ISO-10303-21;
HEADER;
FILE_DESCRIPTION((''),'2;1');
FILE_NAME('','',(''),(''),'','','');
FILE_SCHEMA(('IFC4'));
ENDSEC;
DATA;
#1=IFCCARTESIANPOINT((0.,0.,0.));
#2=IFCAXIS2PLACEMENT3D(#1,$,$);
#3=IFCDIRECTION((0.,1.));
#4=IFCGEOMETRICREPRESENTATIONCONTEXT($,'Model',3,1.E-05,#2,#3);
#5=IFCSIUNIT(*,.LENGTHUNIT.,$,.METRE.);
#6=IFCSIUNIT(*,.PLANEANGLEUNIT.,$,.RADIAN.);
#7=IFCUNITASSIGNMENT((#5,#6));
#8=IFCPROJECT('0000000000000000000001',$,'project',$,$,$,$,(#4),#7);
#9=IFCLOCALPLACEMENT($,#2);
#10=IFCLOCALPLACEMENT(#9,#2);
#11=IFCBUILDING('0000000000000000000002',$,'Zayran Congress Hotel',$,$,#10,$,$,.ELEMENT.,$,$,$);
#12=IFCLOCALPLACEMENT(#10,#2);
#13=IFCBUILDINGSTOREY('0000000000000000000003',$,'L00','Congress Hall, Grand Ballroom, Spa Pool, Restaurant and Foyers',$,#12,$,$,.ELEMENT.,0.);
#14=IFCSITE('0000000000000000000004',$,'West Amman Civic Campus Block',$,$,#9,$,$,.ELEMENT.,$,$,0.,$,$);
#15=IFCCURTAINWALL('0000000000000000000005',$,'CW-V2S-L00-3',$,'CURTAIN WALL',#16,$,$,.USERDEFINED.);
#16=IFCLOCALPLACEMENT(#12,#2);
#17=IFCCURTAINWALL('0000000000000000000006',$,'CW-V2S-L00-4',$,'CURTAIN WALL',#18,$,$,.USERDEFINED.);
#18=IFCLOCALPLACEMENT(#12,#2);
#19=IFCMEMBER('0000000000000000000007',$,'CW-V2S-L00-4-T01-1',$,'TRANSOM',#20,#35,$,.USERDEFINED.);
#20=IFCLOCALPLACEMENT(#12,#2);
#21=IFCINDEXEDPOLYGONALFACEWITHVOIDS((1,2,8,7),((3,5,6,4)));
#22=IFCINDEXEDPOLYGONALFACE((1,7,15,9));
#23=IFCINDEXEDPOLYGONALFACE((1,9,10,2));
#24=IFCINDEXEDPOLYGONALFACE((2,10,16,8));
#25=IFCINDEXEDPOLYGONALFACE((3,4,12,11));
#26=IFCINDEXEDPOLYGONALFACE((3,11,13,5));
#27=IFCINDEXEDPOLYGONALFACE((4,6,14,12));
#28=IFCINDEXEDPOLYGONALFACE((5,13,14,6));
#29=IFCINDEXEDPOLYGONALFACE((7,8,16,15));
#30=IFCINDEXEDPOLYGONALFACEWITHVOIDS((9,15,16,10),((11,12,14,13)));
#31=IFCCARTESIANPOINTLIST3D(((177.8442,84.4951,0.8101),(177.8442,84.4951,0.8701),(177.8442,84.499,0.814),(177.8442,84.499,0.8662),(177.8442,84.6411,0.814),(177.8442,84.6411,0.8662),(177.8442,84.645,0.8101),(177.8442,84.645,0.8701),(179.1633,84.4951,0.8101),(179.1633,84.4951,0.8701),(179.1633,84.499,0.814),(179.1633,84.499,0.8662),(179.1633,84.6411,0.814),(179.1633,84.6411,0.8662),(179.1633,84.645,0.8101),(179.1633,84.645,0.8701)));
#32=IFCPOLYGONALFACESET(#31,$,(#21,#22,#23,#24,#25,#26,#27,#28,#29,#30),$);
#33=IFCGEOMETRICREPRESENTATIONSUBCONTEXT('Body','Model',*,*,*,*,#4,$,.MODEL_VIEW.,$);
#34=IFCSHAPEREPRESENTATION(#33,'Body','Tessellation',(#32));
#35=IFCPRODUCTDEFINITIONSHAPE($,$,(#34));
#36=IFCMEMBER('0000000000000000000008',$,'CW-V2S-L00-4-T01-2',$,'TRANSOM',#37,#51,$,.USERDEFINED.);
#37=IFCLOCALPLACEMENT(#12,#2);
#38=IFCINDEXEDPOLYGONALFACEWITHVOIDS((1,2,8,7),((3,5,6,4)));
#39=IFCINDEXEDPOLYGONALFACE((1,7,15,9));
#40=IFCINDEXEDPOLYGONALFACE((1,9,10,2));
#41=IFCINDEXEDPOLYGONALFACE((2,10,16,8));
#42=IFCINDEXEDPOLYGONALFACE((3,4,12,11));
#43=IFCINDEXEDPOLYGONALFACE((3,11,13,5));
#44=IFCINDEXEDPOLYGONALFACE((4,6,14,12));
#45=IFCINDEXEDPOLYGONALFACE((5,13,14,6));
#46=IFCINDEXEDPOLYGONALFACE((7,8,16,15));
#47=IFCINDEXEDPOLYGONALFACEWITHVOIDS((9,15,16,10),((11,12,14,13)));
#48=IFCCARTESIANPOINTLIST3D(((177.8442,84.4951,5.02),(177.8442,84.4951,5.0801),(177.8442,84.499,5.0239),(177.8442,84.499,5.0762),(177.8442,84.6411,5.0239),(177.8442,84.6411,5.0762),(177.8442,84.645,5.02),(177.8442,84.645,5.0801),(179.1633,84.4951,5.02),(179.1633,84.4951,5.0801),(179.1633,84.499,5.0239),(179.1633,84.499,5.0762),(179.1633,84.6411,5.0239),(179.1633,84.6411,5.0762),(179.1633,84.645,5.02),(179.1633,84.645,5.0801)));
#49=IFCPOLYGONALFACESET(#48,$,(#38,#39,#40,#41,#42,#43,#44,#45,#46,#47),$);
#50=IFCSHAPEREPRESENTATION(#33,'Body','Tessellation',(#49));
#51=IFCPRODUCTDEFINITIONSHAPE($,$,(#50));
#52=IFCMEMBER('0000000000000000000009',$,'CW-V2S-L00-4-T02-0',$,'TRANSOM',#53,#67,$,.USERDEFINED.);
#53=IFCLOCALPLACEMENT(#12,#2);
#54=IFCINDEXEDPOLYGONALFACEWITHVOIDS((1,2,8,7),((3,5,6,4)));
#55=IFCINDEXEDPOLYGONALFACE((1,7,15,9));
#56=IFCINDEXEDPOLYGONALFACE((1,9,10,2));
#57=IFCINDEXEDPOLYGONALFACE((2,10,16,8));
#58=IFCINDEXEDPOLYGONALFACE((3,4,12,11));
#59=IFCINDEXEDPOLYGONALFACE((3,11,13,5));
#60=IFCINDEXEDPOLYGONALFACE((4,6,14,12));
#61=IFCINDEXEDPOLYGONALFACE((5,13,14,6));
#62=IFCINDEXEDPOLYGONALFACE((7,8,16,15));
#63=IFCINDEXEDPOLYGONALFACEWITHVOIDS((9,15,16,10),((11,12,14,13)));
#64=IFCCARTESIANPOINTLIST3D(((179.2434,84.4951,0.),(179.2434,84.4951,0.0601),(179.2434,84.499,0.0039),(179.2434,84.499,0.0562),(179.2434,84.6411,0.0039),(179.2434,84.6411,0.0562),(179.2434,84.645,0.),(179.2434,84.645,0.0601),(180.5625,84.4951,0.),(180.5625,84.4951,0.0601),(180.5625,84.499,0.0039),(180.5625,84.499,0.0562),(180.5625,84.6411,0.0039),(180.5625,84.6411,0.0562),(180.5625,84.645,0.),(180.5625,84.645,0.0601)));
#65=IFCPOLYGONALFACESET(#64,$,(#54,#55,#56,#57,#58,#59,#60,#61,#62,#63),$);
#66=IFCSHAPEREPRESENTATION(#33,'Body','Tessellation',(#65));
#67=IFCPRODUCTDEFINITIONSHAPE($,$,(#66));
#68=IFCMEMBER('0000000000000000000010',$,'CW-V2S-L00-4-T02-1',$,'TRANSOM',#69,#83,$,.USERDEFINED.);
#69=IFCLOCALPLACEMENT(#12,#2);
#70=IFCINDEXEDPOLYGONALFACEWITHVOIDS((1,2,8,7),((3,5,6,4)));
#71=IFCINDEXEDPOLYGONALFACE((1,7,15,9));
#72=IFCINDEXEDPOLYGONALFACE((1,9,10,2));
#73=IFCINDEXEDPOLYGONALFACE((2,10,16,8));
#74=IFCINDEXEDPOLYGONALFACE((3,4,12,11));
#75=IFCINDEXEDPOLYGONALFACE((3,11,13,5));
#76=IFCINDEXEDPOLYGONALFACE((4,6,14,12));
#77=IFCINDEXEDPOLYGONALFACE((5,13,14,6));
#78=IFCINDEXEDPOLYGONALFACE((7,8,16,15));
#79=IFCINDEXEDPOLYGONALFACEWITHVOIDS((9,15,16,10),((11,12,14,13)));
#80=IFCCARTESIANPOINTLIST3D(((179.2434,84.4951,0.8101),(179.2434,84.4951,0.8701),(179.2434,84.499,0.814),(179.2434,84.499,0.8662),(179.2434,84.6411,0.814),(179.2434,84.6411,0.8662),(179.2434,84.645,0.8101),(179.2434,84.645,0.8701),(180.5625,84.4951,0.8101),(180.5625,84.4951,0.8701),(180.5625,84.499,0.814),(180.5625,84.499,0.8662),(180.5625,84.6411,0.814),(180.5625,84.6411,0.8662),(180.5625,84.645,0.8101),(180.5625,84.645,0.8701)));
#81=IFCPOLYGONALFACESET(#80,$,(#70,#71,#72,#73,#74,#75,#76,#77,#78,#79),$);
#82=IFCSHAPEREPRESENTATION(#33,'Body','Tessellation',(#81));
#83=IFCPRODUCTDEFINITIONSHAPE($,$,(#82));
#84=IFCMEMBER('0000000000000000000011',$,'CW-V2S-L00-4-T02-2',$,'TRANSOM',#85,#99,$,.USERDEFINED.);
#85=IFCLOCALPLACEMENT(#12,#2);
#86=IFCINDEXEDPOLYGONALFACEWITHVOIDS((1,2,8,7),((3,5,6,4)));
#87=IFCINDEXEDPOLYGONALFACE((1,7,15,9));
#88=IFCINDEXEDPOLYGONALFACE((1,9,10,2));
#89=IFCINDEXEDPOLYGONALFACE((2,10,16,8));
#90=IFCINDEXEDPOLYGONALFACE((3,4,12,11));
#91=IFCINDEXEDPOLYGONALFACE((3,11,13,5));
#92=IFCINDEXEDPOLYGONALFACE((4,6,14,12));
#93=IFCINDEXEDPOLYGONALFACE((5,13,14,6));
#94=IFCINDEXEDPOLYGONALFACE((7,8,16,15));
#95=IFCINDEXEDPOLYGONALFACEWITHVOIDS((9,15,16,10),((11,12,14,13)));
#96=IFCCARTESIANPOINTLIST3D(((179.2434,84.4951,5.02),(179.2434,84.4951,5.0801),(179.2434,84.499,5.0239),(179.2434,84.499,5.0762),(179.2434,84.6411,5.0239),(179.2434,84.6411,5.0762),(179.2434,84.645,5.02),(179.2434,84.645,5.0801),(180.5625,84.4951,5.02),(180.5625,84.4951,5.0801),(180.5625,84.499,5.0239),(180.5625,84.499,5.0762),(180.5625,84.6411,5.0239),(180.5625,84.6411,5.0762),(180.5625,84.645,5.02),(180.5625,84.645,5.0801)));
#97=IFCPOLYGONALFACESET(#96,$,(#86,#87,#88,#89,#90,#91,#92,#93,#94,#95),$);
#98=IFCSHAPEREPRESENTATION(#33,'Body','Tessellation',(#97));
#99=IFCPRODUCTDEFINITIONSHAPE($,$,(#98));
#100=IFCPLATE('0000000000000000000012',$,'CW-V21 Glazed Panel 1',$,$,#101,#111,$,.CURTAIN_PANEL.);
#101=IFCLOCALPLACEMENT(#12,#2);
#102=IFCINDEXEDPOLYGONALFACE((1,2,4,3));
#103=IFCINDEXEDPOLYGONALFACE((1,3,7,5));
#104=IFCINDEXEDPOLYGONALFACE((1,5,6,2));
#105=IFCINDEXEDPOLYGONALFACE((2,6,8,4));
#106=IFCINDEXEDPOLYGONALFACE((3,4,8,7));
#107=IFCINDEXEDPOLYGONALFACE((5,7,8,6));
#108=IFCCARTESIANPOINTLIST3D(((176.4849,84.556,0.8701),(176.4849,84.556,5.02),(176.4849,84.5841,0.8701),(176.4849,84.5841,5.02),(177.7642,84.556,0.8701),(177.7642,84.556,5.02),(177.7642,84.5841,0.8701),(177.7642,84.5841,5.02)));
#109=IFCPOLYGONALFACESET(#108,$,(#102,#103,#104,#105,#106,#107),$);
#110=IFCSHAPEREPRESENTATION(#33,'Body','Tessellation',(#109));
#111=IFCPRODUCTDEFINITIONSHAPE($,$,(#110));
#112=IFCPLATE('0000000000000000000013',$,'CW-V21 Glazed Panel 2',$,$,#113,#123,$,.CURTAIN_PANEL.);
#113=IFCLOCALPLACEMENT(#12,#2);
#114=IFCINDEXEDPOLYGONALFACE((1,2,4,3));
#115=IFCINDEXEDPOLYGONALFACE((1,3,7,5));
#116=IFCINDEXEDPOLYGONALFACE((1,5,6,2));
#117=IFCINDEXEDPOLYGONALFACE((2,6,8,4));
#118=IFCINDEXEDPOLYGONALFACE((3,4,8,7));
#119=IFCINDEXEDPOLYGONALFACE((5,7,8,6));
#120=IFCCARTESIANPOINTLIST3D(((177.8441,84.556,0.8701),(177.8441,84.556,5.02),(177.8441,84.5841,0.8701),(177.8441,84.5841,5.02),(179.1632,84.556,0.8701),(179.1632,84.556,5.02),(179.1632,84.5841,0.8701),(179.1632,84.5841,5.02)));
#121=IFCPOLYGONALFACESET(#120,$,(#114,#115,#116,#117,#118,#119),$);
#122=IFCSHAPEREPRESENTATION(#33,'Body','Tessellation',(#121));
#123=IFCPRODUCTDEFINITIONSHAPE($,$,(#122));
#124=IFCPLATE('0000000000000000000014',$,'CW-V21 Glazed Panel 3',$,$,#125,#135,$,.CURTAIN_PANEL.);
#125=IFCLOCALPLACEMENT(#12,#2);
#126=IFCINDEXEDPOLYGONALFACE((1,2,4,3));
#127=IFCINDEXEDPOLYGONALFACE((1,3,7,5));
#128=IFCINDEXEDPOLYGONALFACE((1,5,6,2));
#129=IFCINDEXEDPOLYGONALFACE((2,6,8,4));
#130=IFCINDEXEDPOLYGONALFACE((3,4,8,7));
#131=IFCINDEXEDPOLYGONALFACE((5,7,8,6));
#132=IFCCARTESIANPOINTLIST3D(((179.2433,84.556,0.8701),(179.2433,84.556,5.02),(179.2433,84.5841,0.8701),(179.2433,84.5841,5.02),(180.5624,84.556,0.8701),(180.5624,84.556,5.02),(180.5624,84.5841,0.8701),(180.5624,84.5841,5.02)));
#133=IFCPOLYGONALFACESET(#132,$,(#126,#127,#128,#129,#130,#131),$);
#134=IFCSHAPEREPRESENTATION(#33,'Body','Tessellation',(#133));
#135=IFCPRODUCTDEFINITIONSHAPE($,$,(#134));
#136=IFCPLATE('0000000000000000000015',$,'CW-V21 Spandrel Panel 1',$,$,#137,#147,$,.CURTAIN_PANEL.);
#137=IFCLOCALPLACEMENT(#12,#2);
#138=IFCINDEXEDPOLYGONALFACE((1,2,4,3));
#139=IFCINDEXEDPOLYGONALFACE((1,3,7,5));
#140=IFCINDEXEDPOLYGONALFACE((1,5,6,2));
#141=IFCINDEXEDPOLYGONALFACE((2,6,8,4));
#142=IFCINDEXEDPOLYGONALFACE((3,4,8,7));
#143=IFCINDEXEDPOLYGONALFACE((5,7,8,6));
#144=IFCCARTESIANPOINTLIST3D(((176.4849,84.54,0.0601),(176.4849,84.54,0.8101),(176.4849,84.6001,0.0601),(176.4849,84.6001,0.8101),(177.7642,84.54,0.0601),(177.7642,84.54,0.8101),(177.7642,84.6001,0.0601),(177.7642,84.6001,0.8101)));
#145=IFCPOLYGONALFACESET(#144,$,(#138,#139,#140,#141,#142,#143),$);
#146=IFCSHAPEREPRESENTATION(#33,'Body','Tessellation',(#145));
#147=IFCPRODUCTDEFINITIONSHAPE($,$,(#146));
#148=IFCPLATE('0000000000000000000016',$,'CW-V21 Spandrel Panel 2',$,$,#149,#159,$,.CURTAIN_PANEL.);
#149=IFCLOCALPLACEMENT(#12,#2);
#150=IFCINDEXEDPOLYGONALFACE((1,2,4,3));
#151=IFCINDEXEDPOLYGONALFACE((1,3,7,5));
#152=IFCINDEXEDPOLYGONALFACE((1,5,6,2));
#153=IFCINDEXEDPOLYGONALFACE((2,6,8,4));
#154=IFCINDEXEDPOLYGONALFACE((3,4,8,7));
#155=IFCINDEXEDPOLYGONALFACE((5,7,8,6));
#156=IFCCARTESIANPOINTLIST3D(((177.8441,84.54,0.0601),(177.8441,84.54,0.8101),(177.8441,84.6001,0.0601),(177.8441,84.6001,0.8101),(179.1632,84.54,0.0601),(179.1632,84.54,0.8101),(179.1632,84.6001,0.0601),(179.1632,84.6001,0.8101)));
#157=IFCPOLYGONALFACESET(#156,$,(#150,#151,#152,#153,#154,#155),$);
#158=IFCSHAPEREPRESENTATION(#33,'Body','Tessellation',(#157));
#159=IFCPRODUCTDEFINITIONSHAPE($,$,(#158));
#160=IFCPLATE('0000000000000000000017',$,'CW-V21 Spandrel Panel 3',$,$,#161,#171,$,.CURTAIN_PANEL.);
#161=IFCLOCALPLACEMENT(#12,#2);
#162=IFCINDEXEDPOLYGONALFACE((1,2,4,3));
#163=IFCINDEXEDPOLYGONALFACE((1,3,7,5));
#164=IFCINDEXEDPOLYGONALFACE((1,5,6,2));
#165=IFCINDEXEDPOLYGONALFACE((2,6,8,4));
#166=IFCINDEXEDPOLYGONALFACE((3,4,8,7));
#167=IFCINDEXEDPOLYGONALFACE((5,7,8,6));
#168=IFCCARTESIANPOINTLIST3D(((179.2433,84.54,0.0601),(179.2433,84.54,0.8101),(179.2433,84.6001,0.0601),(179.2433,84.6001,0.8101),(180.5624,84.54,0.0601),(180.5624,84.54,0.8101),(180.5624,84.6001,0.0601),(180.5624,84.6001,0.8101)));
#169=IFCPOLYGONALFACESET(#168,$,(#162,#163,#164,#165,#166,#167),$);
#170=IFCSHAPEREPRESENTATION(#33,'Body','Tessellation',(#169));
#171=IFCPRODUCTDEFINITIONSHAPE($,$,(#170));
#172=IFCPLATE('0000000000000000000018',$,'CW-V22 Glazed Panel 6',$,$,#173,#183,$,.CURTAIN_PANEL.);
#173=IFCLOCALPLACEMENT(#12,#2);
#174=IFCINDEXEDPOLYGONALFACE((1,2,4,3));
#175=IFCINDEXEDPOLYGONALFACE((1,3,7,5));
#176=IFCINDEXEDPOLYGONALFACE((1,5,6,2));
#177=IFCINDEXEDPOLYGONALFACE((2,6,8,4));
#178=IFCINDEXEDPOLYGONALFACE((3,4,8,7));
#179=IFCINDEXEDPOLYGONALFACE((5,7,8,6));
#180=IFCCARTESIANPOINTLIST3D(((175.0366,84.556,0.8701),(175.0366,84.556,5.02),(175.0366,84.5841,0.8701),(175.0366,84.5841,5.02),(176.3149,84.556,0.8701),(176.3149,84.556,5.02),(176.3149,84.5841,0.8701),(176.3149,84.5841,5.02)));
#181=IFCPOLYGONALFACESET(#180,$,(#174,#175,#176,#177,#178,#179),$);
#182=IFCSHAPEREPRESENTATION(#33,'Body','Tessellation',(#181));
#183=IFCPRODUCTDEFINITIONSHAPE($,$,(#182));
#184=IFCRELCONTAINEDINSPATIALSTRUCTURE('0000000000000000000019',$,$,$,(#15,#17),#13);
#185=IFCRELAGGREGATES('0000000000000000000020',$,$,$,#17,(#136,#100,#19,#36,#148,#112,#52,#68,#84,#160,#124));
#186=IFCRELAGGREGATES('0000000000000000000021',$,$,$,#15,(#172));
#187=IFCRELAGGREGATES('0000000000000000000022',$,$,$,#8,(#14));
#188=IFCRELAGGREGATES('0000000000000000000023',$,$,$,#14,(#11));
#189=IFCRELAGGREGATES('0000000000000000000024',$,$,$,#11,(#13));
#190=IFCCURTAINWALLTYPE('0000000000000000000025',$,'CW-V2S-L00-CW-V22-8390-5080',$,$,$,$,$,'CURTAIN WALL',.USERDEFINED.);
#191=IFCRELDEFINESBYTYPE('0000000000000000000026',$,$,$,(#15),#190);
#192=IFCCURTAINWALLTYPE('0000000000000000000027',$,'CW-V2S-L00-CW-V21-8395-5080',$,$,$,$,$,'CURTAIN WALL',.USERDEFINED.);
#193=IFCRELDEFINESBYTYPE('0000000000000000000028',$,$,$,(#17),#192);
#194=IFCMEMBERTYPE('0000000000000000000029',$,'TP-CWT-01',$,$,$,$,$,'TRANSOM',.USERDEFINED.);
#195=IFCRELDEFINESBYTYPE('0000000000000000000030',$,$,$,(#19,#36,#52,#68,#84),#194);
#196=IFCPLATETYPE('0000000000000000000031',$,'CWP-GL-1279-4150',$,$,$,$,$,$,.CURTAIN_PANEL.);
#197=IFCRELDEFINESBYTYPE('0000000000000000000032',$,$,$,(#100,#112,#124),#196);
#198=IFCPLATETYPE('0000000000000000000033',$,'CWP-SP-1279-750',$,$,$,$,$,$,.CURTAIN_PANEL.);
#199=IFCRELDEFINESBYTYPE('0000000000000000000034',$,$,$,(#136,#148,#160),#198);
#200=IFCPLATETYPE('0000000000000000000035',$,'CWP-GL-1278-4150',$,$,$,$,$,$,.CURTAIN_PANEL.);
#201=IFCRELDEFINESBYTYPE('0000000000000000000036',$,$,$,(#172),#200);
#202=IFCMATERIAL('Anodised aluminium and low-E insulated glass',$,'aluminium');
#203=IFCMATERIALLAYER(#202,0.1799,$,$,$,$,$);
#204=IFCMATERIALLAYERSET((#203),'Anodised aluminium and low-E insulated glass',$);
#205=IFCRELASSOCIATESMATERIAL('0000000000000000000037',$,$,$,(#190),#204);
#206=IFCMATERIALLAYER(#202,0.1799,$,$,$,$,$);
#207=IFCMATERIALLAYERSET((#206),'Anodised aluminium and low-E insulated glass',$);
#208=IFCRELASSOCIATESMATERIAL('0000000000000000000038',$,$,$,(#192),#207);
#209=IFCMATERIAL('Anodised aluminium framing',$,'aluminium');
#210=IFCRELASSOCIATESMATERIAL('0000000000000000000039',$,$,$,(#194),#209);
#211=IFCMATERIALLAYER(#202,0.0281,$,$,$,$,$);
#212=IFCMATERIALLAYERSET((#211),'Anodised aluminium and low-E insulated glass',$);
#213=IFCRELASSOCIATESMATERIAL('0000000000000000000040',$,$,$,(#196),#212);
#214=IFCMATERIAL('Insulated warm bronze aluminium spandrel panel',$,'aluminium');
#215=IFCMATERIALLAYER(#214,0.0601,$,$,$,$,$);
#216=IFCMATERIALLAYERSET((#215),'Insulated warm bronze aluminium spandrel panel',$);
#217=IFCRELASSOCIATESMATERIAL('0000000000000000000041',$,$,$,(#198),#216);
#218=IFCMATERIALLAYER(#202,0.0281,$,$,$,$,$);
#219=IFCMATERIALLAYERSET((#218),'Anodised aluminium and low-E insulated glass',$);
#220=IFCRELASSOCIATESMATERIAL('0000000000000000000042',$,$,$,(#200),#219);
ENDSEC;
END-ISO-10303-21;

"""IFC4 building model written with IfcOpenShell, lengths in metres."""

from ifc_helpers import new_model, si_unit, direction, frame, origin, origin_2d, place, context, subcontext, project, spatial, rectangle, hollow_rectangle, extrude, material, layer, layer_set, material_profile, profile_set, type_object, element, aggregate, save


model = new_model("IFC4")

# Units and contexts
model_context = context("Model", 3, precision=1e-05, world=origin(), true_north=direction((0.0, 1.0)))
body_context = subcontext(model_context, "Body", "Model", "MODEL_VIEW")
ifc_project = project(units=[si_unit("LENGTHUNIT", "METRE"), si_unit("PLANEANGLEUNIT", "RADIAN")], contexts=[model_context])

# Site, building, storey
site_placement = place(None, origin())
site = spatial("IfcSite", under=ifc_project, at=site_placement, Name="West Amman Civic Campus Block", CompositionType="ELEMENT", RefElevation=0.0)
building_placement = place(site_placement, origin())
building = spatial("IfcBuilding", under=site, at=building_placement, Name="Zayran Congress Hotel", CompositionType="ELEMENT")
storey_placement = place(building_placement, origin())
storey = spatial("IfcBuildingStorey", under=building, at=storey_placement, Name="L00", Description="Congress Hall, Grand Ballroom, Spa Pool, Restaurant and Foyers", CompositionType="ELEMENT", Elevation=0.0)

# Curtain wall
ifc_material_1 = material(Name="Anodised aluminium and low-E insulated glass", Category="aluminium")
ifc_layer_1 = layer(ifc_material_1, 0.1799)
ifc_layer_set_1 = layer_set([ifc_layer_1], Name="Anodised aluminium and low-E insulated glass")
curtain_wall_type_1 = type_object("IfcCurtainWallType", Name="CW-V2S-L00-CW-V22-8390-5080", ElementType="CURTAIN WALL", PredefinedType="USERDEFINED", material=ifc_layer_set_1)
curtain_wall_1_placement = place(storey_placement, origin())
curtain_wall_1 = element("IfcCurtainWall", 1, at=curtain_wall_1_placement, inside=storey, type_object=curtain_wall_type_1, Name="CW-V2S-L00-3", ObjectType="CURTAIN WALL", PredefinedType="USERDEFINED")
ifc_material_2 = material(Name="Anodised aluminium framing", Category="aluminium")

# Curtain wall, members, plates
ifc_layer_2 = layer(ifc_material_1, 0.1799)
ifc_layer_set_2 = layer_set([ifc_layer_2], Name="Anodised aluminium and low-E insulated glass")
curtain_wall_type_2 = type_object("IfcCurtainWallType", Name="CW-V2S-L00-CW-V21-8395-5080", ElementType="CURTAIN WALL", PredefinedType="USERDEFINED", material=ifc_layer_set_2)
curtain_wall_2_placement = place(storey_placement, origin())
curtain_wall_2 = element("IfcCurtainWall", 2, at=curtain_wall_2_placement, inside=storey, type_object=curtain_wall_type_2, Name="CW-V2S-L00-4", ObjectType="CURTAIN WALL", PredefinedType="USERDEFINED")
ifc_material_profile_1 = material_profile(ifc_material_2, hollow_rectangle(XDim=0.0601, YDim=0.1499, WallThickness=0.0039, at=origin_2d()), Name="RHS 150x60x4")
ifc_profile_set_1 = profile_set([ifc_material_profile_1], Name="Anodised aluminium framing")
member_type_1 = type_object("IfcMemberType", Name="TP-CWT-01", ElementType="TRANSOM", PredefinedType="USERDEFINED", material=ifc_profile_set_1)
member_1_placement = place(storey_placement, frame((177.8442, 84.5701, 0.8401), z_axis=(1.0, 0.0, 0.0), x_axis=(0.0, 0.0, 1.0)))
member_1 = element("IfcMember", 3, at=member_1_placement, type_object=member_type_1, Name="CW-V2S-L00-4-T01-1", ObjectType="TRANSOM", PredefinedType="USERDEFINED", context=body_context, shape_type="SweptSolid", body=[
    extrude(hollow_rectangle(XDim=0.0601, YDim=0.1499, WallThickness=0.0039, at=origin_2d()), origin(), (0.0, 0.0, 1.0), 1.3191),
])
member_2_placement = place(storey_placement, frame((177.8442, 84.5701, 5.05), z_axis=(1.0, 0.0, 0.0), x_axis=(0.0, 0.0, 1.0)))
member_2 = element("IfcMember", 4, at=member_2_placement, type_object=member_type_1, Name="CW-V2S-L00-4-T01-2", ObjectType="TRANSOM", PredefinedType="USERDEFINED", context=body_context, shape_type="SweptSolid", body=[
    extrude(hollow_rectangle(XDim=0.0601, YDim=0.1499, WallThickness=0.0039, at=origin_2d()), origin(), (0.0, 0.0, 1.0), 1.3191),
])
member_3_placement = place(storey_placement, frame((179.2434, 84.5701, 0.03), z_axis=(1.0, 0.0, 0.0), x_axis=(0.0, 0.0, 1.0)))
member_3 = element("IfcMember", 5, at=member_3_placement, type_object=member_type_1, Name="CW-V2S-L00-4-T02-0", ObjectType="TRANSOM", PredefinedType="USERDEFINED", context=body_context, shape_type="SweptSolid", body=[
    extrude(hollow_rectangle(XDim=0.0601, YDim=0.1499, WallThickness=0.0039, at=origin_2d()), origin(), (0.0, 0.0, 1.0), 1.3191),
])
member_4_placement = place(storey_placement, frame((179.2434, 84.5701, 0.8401), z_axis=(1.0, 0.0, 0.0), x_axis=(0.0, 0.0, 1.0)))
member_4 = element("IfcMember", 6, at=member_4_placement, type_object=member_type_1, Name="CW-V2S-L00-4-T02-1", ObjectType="TRANSOM", PredefinedType="USERDEFINED", context=body_context, shape_type="SweptSolid", body=[
    extrude(hollow_rectangle(XDim=0.0601, YDim=0.1499, WallThickness=0.0039, at=origin_2d()), origin(), (0.0, 0.0, 1.0), 1.3191),
])
member_5_placement = place(storey_placement, frame((179.2434, 84.5701, 5.05), z_axis=(1.0, 0.0, 0.0), x_axis=(0.0, 0.0, 1.0)))
member_5 = element("IfcMember", 7, at=member_5_placement, type_object=member_type_1, Name="CW-V2S-L00-4-T02-2", ObjectType="TRANSOM", PredefinedType="USERDEFINED", context=body_context, shape_type="SweptSolid", body=[
    extrude(hollow_rectangle(XDim=0.0601, YDim=0.1499, WallThickness=0.0039, at=origin_2d()), origin(), (0.0, 0.0, 1.0), 1.3191),
])
ifc_layer_3 = layer(ifc_material_1, 0.0281)
ifc_layer_set_3 = layer_set([ifc_layer_3], Name="Anodised aluminium and low-E insulated glass")
plate_type_1 = type_object("IfcPlateType", Name="CWP-GL-1279-4150", PredefinedType="CURTAIN_PANEL", material=ifc_layer_set_3)
plate_1_placement = place(storey_placement, frame((177.1245, 84.5701, 0.8701), z_axis=(0.0, 0.0, 1.0), x_axis=(1.0, 0.0, 0.0)))
plate_1 = element("IfcPlate", 8, at=plate_1_placement, type_object=plate_type_1, Name="CW-V21 Glazed Panel 1", PredefinedType="CURTAIN_PANEL", context=body_context, shape_type="SweptSolid", body=[
    extrude(rectangle(XDim=1.2793, YDim=0.0281, at=origin_2d()), origin(), (0.0, 0.0, 1.0), 4.1499),
])
plate_2_placement = place(storey_placement, frame((178.5037, 84.5701, 0.8701), z_axis=(0.0, 0.0, 1.0), x_axis=(1.0, 0.0, 0.0)))
plate_2 = element("IfcPlate", 9, at=plate_2_placement, type_object=plate_type_1, Name="CW-V21 Glazed Panel 2", PredefinedType="CURTAIN_PANEL", context=body_context, shape_type="SweptSolid", body=[
    extrude(rectangle(XDim=1.3191, YDim=0.0281, at=origin_2d()), origin(), (0.0, 0.0, 1.0), 4.1499),
])
plate_3_placement = place(storey_placement, frame((179.9028, 84.5701, 0.8701), z_axis=(0.0, 0.0, 1.0), x_axis=(1.0, 0.0, 0.0)))
plate_3 = element("IfcPlate", 10, at=plate_3_placement, type_object=plate_type_1, Name="CW-V21 Glazed Panel 3", PredefinedType="CURTAIN_PANEL", context=body_context, shape_type="SweptSolid", body=[
    extrude(rectangle(XDim=1.3191, YDim=0.0281, at=origin_2d()), origin(), (0.0, 0.0, 1.0), 4.1499),
])
ifc_material_3 = material(Name="Insulated warm bronze aluminium spandrel panel", Category="aluminium")
ifc_layer_4 = layer(ifc_material_3, 0.0601)
ifc_layer_set_4 = layer_set([ifc_layer_4], Name="Insulated warm bronze aluminium spandrel panel")
plate_type_2 = type_object("IfcPlateType", Name="CWP-SP-1279-750", PredefinedType="CURTAIN_PANEL", material=ifc_layer_set_4)
plate_4_placement = place(storey_placement, frame((177.1245, 84.5701, 0.0601), z_axis=(0.0, 0.0, 1.0), x_axis=(1.0, 0.0, 0.0)))
plate_4 = element("IfcPlate", 11, at=plate_4_placement, type_object=plate_type_2, Name="CW-V21 Spandrel Panel 1", PredefinedType="CURTAIN_PANEL", context=body_context, shape_type="SweptSolid", body=[
    extrude(rectangle(XDim=1.2793, YDim=0.0601, at=origin_2d()), origin(), (0.0, 0.0, 1.0), 0.75),
])
plate_5_placement = place(storey_placement, frame((178.5037, 84.5701, 0.0601), z_axis=(0.0, 0.0, 1.0), x_axis=(1.0, 0.0, 0.0)))
plate_5 = element("IfcPlate", 12, at=plate_5_placement, type_object=plate_type_2, Name="CW-V21 Spandrel Panel 2", PredefinedType="CURTAIN_PANEL", context=body_context, shape_type="SweptSolid", body=[
    extrude(rectangle(XDim=1.3191, YDim=0.0601, at=origin_2d()), origin(), (0.0, 0.0, 1.0), 0.75),
])
plate_6_placement = place(storey_placement, frame((179.9028, 84.5701, 0.0601), z_axis=(0.0, 0.0, 1.0), x_axis=(1.0, 0.0, 0.0)))
plate_6 = element("IfcPlate", 13, at=plate_6_placement, type_object=plate_type_2, Name="CW-V21 Spandrel Panel 3", PredefinedType="CURTAIN_PANEL", context=body_context, shape_type="SweptSolid", body=[
    extrude(rectangle(XDim=1.3191, YDim=0.0601, at=origin_2d()), origin(), (0.0, 0.0, 1.0), 0.75),
])
aggregate(curtain_wall_2, [plate_4, plate_1, member_1, member_2, plate_5, plate_2, member_3, member_4, member_5, plate_6, plate_3])

# Plate
ifc_layer_5 = layer(ifc_material_1, 0.0281)
ifc_layer_set_5 = layer_set([ifc_layer_5], Name="Anodised aluminium and low-E insulated glass")
plate_type_3 = type_object("IfcPlateType", Name="CWP-GL-1278-4150", PredefinedType="CURTAIN_PANEL", material=ifc_layer_set_5)
plate_7_placement = place(storey_placement, frame((175.6758, 84.5701, 0.8701), z_axis=(0.0, 0.0, 1.0), x_axis=(1.0, 0.0, 0.0)))
plate_7 = element("IfcPlate", 14, at=plate_7_placement, type_object=plate_type_3, Name="CW-V22 Glazed Panel 6", PredefinedType="CURTAIN_PANEL", context=body_context, shape_type="SweptSolid", body=[
    extrude(rectangle(XDim=1.2783, YDim=0.0281, at=origin_2d()), origin(), (0.0, 0.0, 1.0), 4.1499),
])
aggregate(curtain_wall_1, [plate_7])

save(model, "model.ifc")
